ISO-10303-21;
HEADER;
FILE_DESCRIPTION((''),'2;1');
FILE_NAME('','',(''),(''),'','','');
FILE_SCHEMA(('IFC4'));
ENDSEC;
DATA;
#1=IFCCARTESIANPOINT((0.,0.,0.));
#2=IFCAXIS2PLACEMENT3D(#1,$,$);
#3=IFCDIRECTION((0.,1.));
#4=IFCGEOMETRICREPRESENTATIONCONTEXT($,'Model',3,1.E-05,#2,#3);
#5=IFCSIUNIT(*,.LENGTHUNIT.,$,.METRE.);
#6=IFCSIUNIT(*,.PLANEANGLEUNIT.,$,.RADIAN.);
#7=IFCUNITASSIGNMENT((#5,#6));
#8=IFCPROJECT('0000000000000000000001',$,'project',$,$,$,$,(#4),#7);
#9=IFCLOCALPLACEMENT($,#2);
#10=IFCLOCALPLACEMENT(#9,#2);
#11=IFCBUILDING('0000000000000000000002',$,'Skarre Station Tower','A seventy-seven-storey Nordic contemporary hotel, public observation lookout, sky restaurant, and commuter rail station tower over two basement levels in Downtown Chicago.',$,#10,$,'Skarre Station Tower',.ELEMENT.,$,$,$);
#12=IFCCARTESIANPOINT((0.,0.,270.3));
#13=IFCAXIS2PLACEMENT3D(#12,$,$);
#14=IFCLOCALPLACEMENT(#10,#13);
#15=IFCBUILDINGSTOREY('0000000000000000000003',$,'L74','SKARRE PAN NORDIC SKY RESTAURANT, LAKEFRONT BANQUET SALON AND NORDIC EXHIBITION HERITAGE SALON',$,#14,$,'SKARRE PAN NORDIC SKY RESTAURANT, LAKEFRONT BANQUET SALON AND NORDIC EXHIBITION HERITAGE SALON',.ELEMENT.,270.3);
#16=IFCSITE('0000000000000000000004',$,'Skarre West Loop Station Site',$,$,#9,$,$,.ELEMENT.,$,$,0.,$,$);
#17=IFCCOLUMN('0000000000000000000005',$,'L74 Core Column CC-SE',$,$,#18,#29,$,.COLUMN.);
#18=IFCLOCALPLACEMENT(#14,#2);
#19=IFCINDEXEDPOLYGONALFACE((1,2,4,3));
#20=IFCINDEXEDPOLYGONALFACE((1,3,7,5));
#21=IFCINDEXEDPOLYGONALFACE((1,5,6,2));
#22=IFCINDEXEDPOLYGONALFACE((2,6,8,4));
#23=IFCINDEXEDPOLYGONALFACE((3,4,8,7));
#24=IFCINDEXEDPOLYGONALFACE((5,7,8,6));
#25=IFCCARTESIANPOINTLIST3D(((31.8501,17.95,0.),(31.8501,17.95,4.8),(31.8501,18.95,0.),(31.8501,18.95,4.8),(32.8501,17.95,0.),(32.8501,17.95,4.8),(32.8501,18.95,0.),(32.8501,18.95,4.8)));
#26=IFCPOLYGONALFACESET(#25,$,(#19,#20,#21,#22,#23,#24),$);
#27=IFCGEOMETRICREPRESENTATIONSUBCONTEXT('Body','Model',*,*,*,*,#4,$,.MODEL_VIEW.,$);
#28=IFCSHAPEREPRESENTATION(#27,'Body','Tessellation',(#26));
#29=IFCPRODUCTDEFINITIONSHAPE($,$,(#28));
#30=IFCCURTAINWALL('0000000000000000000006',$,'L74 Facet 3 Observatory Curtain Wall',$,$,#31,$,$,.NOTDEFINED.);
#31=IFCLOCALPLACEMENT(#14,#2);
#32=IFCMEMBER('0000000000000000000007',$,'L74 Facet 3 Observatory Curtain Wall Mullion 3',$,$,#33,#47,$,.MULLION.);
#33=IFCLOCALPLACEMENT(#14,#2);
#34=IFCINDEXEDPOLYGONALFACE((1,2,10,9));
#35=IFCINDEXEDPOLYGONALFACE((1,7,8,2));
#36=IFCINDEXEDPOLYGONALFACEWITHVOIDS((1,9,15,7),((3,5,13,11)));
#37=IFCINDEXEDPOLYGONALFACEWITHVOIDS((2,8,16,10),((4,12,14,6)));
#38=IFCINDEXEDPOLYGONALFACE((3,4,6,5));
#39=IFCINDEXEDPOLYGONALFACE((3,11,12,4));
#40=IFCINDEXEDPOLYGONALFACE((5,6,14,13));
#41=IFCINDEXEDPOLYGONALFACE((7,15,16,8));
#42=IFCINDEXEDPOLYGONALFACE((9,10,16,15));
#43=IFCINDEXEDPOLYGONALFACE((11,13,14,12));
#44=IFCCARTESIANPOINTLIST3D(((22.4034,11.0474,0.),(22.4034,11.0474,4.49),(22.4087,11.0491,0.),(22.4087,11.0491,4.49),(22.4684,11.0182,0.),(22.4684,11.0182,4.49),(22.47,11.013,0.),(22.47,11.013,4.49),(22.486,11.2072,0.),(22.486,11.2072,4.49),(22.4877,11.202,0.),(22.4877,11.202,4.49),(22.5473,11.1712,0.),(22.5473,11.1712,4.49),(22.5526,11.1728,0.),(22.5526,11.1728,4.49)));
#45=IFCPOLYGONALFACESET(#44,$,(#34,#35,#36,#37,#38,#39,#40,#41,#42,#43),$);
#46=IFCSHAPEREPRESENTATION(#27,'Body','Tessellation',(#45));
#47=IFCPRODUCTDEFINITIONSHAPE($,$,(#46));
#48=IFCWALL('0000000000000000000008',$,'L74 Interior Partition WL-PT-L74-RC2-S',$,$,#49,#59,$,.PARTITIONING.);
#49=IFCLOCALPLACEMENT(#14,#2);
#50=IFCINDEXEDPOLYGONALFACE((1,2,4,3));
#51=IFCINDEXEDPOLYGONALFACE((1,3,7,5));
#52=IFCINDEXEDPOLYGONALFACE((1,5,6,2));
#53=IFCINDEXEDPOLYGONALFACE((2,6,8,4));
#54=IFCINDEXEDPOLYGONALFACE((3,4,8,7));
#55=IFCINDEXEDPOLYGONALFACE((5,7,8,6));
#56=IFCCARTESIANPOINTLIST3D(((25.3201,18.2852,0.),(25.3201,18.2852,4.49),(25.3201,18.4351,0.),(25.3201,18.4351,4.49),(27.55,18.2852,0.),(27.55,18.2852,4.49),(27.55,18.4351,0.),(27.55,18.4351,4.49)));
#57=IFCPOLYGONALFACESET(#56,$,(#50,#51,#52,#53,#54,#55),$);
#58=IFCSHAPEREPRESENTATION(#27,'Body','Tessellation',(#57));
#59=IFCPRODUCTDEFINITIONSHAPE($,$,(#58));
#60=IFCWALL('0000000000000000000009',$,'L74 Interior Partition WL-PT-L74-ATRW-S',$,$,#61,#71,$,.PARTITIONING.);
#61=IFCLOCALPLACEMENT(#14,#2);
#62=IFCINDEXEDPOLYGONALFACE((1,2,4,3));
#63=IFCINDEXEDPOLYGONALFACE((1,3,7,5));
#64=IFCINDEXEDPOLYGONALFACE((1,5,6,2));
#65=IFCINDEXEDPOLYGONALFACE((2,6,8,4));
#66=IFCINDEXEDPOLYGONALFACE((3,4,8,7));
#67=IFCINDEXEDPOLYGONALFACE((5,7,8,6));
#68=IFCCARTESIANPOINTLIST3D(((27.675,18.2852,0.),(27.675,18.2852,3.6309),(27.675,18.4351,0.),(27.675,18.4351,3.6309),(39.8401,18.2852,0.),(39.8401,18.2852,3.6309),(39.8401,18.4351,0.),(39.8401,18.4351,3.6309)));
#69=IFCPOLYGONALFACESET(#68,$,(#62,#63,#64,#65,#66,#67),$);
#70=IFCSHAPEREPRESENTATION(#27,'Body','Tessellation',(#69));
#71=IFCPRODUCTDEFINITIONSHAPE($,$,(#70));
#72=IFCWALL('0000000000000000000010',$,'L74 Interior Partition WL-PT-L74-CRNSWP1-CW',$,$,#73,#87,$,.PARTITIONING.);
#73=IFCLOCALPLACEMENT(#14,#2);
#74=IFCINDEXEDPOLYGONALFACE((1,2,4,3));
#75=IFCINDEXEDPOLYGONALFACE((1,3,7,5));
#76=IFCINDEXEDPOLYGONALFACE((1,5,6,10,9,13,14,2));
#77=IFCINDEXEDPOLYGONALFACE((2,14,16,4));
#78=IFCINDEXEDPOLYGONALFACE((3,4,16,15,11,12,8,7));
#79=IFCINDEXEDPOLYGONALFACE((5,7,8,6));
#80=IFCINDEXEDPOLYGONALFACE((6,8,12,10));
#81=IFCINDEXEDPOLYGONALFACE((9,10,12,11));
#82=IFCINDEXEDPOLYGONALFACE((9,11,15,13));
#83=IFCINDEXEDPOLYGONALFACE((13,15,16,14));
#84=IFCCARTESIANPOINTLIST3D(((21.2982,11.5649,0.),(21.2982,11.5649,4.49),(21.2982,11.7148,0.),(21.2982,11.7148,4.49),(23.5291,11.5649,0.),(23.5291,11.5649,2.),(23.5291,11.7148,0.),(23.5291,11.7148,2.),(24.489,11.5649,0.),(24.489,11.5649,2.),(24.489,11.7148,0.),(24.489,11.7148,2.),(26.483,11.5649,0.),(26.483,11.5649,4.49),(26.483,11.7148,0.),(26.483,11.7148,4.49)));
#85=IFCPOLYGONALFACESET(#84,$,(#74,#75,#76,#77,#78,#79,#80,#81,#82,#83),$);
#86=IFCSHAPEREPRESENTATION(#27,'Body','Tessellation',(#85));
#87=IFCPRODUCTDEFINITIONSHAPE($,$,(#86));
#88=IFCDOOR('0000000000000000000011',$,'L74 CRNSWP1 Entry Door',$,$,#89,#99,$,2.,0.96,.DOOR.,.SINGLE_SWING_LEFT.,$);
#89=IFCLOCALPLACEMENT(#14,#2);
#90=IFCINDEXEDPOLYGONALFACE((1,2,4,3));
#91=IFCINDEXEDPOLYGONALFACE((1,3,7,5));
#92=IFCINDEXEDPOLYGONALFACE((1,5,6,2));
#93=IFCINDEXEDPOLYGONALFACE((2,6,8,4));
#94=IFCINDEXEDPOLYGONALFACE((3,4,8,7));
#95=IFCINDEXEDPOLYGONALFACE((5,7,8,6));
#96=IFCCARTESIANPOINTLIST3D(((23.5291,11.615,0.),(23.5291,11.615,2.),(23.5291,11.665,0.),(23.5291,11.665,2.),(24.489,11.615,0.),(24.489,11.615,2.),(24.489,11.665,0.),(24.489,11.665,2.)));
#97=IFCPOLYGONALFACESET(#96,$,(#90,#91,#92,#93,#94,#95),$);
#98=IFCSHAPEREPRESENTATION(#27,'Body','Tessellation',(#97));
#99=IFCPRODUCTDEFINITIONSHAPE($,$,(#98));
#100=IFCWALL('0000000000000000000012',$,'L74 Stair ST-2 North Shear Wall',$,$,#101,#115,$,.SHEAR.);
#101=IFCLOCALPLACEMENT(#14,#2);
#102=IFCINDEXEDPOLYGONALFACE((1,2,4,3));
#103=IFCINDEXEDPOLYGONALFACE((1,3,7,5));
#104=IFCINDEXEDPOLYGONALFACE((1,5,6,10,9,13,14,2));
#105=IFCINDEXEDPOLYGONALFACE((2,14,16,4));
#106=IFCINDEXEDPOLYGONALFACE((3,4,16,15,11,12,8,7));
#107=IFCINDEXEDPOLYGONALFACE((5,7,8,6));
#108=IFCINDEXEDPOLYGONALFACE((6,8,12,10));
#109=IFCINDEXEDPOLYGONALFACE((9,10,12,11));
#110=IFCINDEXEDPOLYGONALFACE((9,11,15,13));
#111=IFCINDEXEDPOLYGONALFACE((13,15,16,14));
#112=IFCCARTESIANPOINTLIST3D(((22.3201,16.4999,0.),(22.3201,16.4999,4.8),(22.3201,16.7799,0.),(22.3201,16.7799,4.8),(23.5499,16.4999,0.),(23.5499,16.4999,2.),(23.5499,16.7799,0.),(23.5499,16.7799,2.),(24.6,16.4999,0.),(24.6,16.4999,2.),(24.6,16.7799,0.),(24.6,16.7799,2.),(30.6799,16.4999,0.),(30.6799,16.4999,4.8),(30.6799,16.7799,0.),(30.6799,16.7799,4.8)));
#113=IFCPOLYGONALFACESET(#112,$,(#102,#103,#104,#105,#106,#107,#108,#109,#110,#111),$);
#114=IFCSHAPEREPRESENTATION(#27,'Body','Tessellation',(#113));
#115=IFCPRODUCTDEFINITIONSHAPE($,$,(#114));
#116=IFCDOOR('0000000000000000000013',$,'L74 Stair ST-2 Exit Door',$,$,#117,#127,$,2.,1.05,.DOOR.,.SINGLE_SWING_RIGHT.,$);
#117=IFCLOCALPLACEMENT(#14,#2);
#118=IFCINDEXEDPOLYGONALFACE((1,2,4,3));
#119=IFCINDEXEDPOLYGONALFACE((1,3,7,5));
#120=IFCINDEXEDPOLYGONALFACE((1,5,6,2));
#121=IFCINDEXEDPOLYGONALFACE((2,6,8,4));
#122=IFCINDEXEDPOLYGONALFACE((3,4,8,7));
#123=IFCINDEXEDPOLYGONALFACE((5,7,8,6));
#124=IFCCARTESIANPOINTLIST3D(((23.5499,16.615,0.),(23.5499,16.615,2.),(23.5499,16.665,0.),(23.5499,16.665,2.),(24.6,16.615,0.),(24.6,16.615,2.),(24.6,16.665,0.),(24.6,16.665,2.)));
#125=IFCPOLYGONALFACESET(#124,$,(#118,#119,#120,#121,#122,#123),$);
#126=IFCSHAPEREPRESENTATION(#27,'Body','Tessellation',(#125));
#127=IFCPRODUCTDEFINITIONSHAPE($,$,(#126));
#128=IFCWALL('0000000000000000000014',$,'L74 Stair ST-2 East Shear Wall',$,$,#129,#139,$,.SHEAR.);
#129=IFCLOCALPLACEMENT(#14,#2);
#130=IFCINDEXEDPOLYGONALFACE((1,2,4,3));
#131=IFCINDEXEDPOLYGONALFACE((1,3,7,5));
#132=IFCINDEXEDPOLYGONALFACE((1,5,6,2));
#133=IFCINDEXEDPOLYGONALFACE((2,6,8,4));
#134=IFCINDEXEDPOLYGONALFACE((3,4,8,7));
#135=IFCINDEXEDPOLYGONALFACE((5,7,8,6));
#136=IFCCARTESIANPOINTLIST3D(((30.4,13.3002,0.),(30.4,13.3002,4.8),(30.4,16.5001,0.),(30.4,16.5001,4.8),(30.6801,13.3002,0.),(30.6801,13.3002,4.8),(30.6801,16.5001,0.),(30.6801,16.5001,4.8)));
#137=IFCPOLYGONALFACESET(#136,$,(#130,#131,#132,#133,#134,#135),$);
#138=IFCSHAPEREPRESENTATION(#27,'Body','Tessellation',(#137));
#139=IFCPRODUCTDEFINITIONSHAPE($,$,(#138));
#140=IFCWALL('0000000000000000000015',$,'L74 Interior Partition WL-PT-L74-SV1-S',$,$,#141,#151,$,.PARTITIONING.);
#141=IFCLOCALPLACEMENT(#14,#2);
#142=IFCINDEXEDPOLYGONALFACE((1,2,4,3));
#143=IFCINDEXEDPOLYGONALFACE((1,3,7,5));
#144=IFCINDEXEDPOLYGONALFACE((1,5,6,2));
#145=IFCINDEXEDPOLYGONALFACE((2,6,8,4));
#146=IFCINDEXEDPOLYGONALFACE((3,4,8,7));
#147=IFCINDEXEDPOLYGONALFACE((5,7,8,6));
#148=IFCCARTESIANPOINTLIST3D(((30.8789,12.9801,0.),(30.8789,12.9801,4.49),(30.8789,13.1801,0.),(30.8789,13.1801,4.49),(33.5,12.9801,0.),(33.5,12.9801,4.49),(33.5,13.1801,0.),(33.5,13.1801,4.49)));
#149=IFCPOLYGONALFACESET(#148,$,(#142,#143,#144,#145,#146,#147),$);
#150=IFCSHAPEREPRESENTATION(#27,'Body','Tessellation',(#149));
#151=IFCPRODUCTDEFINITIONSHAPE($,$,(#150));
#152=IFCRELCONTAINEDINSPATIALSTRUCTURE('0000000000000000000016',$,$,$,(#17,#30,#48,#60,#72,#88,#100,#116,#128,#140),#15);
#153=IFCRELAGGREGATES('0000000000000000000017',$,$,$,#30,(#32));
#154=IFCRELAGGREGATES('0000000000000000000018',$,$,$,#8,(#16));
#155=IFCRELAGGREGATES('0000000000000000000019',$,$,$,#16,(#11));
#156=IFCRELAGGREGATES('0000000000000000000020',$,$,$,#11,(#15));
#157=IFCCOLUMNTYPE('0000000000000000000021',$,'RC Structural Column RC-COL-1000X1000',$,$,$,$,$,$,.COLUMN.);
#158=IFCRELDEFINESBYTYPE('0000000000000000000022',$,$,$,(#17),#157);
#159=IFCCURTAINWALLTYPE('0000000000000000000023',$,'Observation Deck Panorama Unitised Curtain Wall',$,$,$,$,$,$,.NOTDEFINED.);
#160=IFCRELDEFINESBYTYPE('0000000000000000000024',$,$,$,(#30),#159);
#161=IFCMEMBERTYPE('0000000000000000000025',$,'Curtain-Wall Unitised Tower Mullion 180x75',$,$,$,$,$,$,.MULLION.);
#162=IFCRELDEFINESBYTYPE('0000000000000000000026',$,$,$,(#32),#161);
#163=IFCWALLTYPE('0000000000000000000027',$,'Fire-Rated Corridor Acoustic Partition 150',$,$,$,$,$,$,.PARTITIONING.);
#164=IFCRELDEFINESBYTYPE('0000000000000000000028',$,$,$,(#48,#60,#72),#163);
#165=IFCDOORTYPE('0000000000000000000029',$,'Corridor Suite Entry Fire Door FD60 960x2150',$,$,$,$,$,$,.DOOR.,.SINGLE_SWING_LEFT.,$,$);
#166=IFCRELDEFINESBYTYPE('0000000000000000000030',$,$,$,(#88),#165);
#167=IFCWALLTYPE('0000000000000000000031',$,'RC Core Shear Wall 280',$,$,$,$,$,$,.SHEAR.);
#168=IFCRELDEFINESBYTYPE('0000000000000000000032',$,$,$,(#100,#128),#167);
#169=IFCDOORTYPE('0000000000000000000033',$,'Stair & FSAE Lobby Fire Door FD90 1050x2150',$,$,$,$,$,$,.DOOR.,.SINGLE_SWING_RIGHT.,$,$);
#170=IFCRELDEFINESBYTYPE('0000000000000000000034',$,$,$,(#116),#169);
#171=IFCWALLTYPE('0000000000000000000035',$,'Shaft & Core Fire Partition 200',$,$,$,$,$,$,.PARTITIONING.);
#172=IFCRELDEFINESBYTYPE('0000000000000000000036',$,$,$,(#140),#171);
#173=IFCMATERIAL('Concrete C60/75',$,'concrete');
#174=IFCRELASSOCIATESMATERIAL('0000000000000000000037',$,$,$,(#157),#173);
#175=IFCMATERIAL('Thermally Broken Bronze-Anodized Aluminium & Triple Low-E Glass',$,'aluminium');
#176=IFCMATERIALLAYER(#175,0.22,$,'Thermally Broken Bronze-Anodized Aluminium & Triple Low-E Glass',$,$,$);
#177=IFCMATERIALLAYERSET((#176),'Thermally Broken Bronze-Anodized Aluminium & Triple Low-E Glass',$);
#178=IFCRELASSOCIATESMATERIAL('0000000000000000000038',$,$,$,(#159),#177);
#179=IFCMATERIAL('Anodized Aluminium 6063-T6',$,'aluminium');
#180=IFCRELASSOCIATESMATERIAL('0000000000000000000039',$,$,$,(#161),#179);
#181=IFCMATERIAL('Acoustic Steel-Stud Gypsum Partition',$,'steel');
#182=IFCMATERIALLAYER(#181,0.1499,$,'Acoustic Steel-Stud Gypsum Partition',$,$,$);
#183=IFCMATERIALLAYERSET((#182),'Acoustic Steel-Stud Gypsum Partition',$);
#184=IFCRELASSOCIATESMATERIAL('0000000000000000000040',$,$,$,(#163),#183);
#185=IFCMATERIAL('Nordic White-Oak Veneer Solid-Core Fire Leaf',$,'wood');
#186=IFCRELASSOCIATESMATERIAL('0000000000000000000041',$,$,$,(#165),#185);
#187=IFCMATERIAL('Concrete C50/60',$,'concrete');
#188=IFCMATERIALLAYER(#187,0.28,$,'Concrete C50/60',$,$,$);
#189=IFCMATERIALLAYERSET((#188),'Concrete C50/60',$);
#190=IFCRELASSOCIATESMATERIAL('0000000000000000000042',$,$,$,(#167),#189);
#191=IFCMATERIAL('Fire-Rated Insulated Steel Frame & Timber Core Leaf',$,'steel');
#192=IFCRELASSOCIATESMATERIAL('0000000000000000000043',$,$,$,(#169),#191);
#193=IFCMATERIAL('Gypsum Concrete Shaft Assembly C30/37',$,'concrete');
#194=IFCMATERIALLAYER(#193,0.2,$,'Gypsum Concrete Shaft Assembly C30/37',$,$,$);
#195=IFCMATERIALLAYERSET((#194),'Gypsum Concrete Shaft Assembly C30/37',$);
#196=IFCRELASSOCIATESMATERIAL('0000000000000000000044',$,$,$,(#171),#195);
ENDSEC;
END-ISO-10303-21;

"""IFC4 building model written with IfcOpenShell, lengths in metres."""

from ifc_helpers import new_model, si_unit, direction, frame, frame_2d, origin, origin_2d, place, context, subcontext, project, spatial, rectangle, hollow_rectangle, extrude, material, layer, layer_set, material_profile, profile_set, type_object, element, fill, aggregate, save


model = new_model("IFC4")

# Units and contexts
model_context = context("Model", 3, precision=1e-05, world=origin(), true_north=direction((0.0, 1.0)))
body_context = subcontext(model_context, "Body", "Model", "MODEL_VIEW")
ifc_project = project(units=[si_unit("LENGTHUNIT", "METRE"), si_unit("PLANEANGLEUNIT", "RADIAN")], contexts=[model_context])

# Site, building, storey
site_placement = place(None, origin())
site = spatial("IfcSite", under=ifc_project, at=site_placement, Name="Skarre West Loop Station Site", CompositionType="ELEMENT", RefElevation=0.0)
building_placement = place(site_placement, origin())
building = spatial("IfcBuilding", under=site, at=building_placement, Name="Skarre Station Tower", Description="A seventy-seven-storey Nordic contemporary hotel, public observation lookout, sky restaurant, and commuter rail station tower over two basement levels in Downtown Chicago.", LongName="Skarre Station Tower", CompositionType="ELEMENT")
storey_placement = place(building_placement, frame((0.0, 0.0, 270.3)))
storey = spatial("IfcBuildingStorey", under=building, at=storey_placement, Name="L74", Description="SKARRE PAN NORDIC SKY RESTAURANT, LAKEFRONT BANQUET SALON AND NORDIC EXHIBITION HERITAGE SALON", LongName="SKARRE PAN NORDIC SKY RESTAURANT, LAKEFRONT BANQUET SALON AND NORDIC EXHIBITION HERITAGE SALON", CompositionType="ELEMENT", Elevation=270.3)

# Column
ifc_material_1 = material(Name="Concrete C60/75", Category="concrete")
ifc_material_profile_1 = material_profile(ifc_material_1, rectangle(XDim=1.0, YDim=1.0, at=origin_2d()), Name="Concrete C60/75")
ifc_profile_set_1 = profile_set([ifc_material_profile_1], Name="Concrete C60/75")
column_type = type_object("IfcColumnType", Name="RC Structural Column RC-COL-1000X1000", PredefinedType="COLUMN", material=ifc_profile_set_1)
column_placement = place(storey_placement, frame((32.3501, 18.45, 0.0), z_axis=(0.0, 0.0, 1.0), x_axis=(1.0, 0.0, 0.0)))
element("IfcColumn", 1, at=column_placement, inside=storey, type_object=column_type, Name="L74 Core Column CC-SE", PredefinedType="COLUMN", context=body_context, shape_type="SweptSolid", body=[
    extrude(rectangle(XDim=1.0, YDim=1.0, at=origin_2d()), origin(), (0.0, 0.0, 1.0), 4.8),
])

# Curtain wall, member
ifc_material_2 = material(Name="Thermally Broken Bronze-Anodized Aluminium & Triple Low-E Glass", Category="aluminium")
ifc_layer_1 = layer(ifc_material_2, 0.22, Name="Thermally Broken Bronze-Anodized Aluminium & Triple Low-E Glass")
ifc_layer_set_1 = layer_set([ifc_layer_1], Name="Thermally Broken Bronze-Anodized Aluminium & Triple Low-E Glass")
curtain_wall_type = type_object("IfcCurtainWallType", Name="Observation Deck Panorama Unitised Curtain Wall", PredefinedType="NOTDEFINED", material=ifc_layer_set_1)
curtain_wall_placement = place(storey_placement, origin())
curtain_wall = element("IfcCurtainWall", 2, at=curtain_wall_placement, inside=storey, type_object=curtain_wall_type, Name="L74 Facet 3 Observatory Curtain Wall", PredefinedType="NOTDEFINED")
ifc_material_3 = material(Name="Anodized Aluminium 6063-T6", Category="aluminium")
ifc_material_profile_2 = material_profile(ifc_material_3, hollow_rectangle(XDim=0.075, YDim=0.1799, WallThickness=0.0039, at=origin_2d()), Name="Anodized Aluminium 6063-T6")
ifc_profile_set_2 = profile_set([ifc_material_profile_2], Name="Anodized Aluminium 6063-T6")
member_type = type_object("IfcMemberType", Name="Curtain-Wall Unitised Tower Mullion 180x75", PredefinedType="MULLION", material=ifc_profile_set_2)
member_placement = place(storey_placement, frame((22.478, 11.1101, 0.0), z_axis=(0.0, 0.0, 1.0), x_axis=(-0.888481, 0.458913, 0.0)))
member = element("IfcMember", 3, at=member_placement, type_object=member_type, Name="L74 Facet 3 Observatory Curtain Wall Mullion 3", PredefinedType="MULLION", context=body_context, shape_type="SweptSolid", body=[
    extrude(hollow_rectangle(XDim=0.075, YDim=0.1799, WallThickness=0.0039, at=origin_2d()), origin(), (0.0, 0.0, 1.0), 4.49),
])
aggregate(curtain_wall, [member])

# Walls
ifc_material_4 = material(Name="Acoustic Steel-Stud Gypsum Partition", Category="steel")
ifc_layer_2 = layer(ifc_material_4, 0.1499, Name="Acoustic Steel-Stud Gypsum Partition")
ifc_layer_set_2 = layer_set([ifc_layer_2], Name="Acoustic Steel-Stud Gypsum Partition")
wall_type_1 = type_object("IfcWallType", Name="Fire-Rated Corridor Acoustic Partition 150", PredefinedType="PARTITIONING", material=ifc_layer_set_2)
wall_1_placement = place(storey_placement, frame((25.3201, 18.3601, 0.0), z_axis=(0.0, 0.0, 1.0), x_axis=(1.0, 0.0, 0.0)))
element("IfcWall", 4, at=wall_1_placement, inside=storey, type_object=wall_type_1, Name="L74 Interior Partition WL-PT-L74-RC2-S", PredefinedType="PARTITIONING", context=body_context, shape_type="SweptSolid", body=[
    extrude(rectangle(XDim=2.23, YDim=0.1499, at=frame_2d((1.115, 0.0))), origin(), (0.0, 0.0, 1.0), 4.49),
])
wall_2_placement = place(storey_placement, frame((27.675, 18.3601, 0.0), z_axis=(0.0, 0.0, 1.0), x_axis=(1.0, 0.0, 0.0)))
element("IfcWall", 5, at=wall_2_placement, inside=storey, type_object=wall_type_1, Name="L74 Interior Partition WL-PT-L74-ATRW-S", PredefinedType="PARTITIONING", context=body_context, shape_type="SweptSolid", body=[
    extrude(rectangle(XDim=12.165, YDim=0.1499, at=frame_2d((6.0825, 0.0))), origin(), (0.0, 0.0, 1.0), 3.6309),
])

# Walls, openings, doors
wall_3_placement = place(storey_placement, frame((26.4829, 11.6399, 0.0), z_axis=(0.0, 0.0, 1.0), x_axis=(-1.0, 0.0, 0.0)))
wall_3 = element("IfcWall", 6, at=wall_3_placement, inside=storey, type_object=wall_type_1, Name="L74 Interior Partition WL-PT-L74-CRNSWP1-CW", PredefinedType="PARTITIONING", context=body_context, shape_type="SweptSolid", body=[
    extrude(rectangle(XDim=5.1848, YDim=0.1499, at=frame_2d((2.5923, 0.0))), origin(), (0.0, 0.0, 1.0), 4.49),
])
opening_1_placement = place(wall_3_placement, frame((1.9939, 0.0, 0.0)))
opening_1 = element("IfcOpeningElement", 7, at=opening_1_placement, cuts=wall_3, PredefinedType="OPENING", context=body_context, shape_type="SweptSolid", body=[
    extrude(rectangle(XDim=0.96, YDim=2.0, at=frame_2d((0.48, 1.0))), frame((0.0, 0.085, 0.0), z_axis=(0.0, -1.0, 0.0), x_axis=(1.0, 0.0, 0.0)), (0.0, 0.0, 1.0), 0.1699),
])
ifc_material_5 = material(Name="Nordic White-Oak Veneer Solid-Core Fire Leaf", Category="wood")
door_type_1 = type_object("IfcDoorType", Name="Corridor Suite Entry Fire Door FD60 960x2150", OperationType="SINGLE_SWING_LEFT", PredefinedType="DOOR", material=ifc_material_5)
door_1_placement = place(opening_1_placement, origin())
door_1 = element("IfcDoor", 8, at=door_1_placement, inside=storey, type_object=door_type_1, Name="L74 CRNSWP1 Entry Door", OperationType="SINGLE_SWING_LEFT", OverallHeight=2.0, OverallWidth=0.96, PredefinedType="DOOR", context=body_context, shape_type="SweptSolid", body=[
    extrude(rectangle(XDim=0.96, YDim=2.0, at=frame_2d((0.48, 1.0))), frame((0.0, 0.0249, 0.0), z_axis=(0.0, -1.0, 0.0), x_axis=(1.0, 0.0, 0.0)), (0.0, 0.0, 1.0), 0.05),
])
fill(opening_1, door_1)
ifc_material_6 = material(Name="Concrete C50/60", Category="concrete")
ifc_layer_3 = layer(ifc_material_6, 0.28, Name="Concrete C50/60")
ifc_layer_set_3 = layer_set([ifc_layer_3], Name="Concrete C50/60")
wall_type_2 = type_object("IfcWallType", Name="RC Core Shear Wall 280", PredefinedType="SHEAR", material=ifc_layer_set_3)
wall_4_placement = place(storey_placement, frame((30.6799, 16.6399, 0.0), z_axis=(0.0, 0.0, 1.0), x_axis=(-1.0, 0.0, 0.0)))
wall_4 = element("IfcWall", 9, at=wall_4_placement, inside=storey, type_object=wall_type_2, Name="L74 Stair ST-2 North Shear Wall", PredefinedType="SHEAR", context=body_context, shape_type="SweptSolid", body=[
    extrude(rectangle(XDim=8.3599, YDim=0.28, at=frame_2d((4.1799, 0.0))), origin(), (0.0, 0.0, 1.0), 4.8),
])
opening_2_placement = place(wall_4_placement, frame((6.0801, 0.0, 0.0)))
opening_2 = element("IfcOpeningElement", 10, at=opening_2_placement, cuts=wall_4, PredefinedType="OPENING", context=body_context, shape_type="SweptSolid", body=[
    extrude(rectangle(XDim=1.05, YDim=2.0, at=frame_2d((0.5249, 1.0))), frame((0.0, 0.1499, 0.0), z_axis=(0.0, -1.0, 0.0), x_axis=(1.0, 0.0, 0.0)), (0.0, 0.0, 1.0), 0.3),
])
ifc_material_7 = material(Name="Fire-Rated Insulated Steel Frame & Timber Core Leaf", Category="steel")
door_type_2 = type_object("IfcDoorType", Name="Stair & FSAE Lobby Fire Door FD90 1050x2150", OperationType="SINGLE_SWING_RIGHT", PredefinedType="DOOR", material=ifc_material_7)
door_2_placement = place(opening_2_placement, origin())
door_2 = element("IfcDoor", 11, at=door_2_placement, inside=storey, type_object=door_type_2, Name="L74 Stair ST-2 Exit Door", OperationType="SINGLE_SWING_RIGHT", OverallHeight=2.0, OverallWidth=1.05, PredefinedType="DOOR", context=body_context, shape_type="SweptSolid", body=[
    extrude(rectangle(XDim=1.05, YDim=2.0, at=frame_2d((0.5249, 1.0))), frame((0.0, 0.0249, 0.0), z_axis=(0.0, -1.0, 0.0), x_axis=(1.0, 0.0, 0.0)), (0.0, 0.0, 1.0), 0.05),
])
fill(opening_2, door_2)

# Walls
wall_5_placement = place(storey_placement, frame((30.54, 13.3, 0.0), z_axis=(0.0, 0.0, 1.0), x_axis=(0.0, 1.0, 0.0)))
element("IfcWall", 12, at=wall_5_placement, inside=storey, type_object=wall_type_2, Name="L74 Stair ST-2 East Shear Wall", PredefinedType="SHEAR", context=body_context, shape_type="SweptSolid", body=[
    extrude(rectangle(XDim=3.2, YDim=0.28, at=frame_2d((1.6001, 0.0))), origin(), (0.0, 0.0, 1.0), 4.8),
])
ifc_material_8 = material(Name="Gypsum Concrete Shaft Assembly C30/37", Category="concrete")
ifc_layer_4 = layer(ifc_material_8, 0.2, Name="Gypsum Concrete Shaft Assembly C30/37")
ifc_layer_set_4 = layer_set([ifc_layer_4], Name="Gypsum Concrete Shaft Assembly C30/37")
wall_type_3 = type_object("IfcWallType", Name="Shaft & Core Fire Partition 200", PredefinedType="PARTITIONING", material=ifc_layer_set_4)
wall_6_placement = place(storey_placement, frame((30.8789, 13.0801, 0.0), z_axis=(0.0, 0.0, 1.0), x_axis=(1.0, 0.0, 0.0)))
element("IfcWall", 13, at=wall_6_placement, inside=storey, type_object=wall_type_3, Name="L74 Interior Partition WL-PT-L74-SV1-S", PredefinedType="PARTITIONING", context=body_context, shape_type="SweptSolid", body=[
    extrude(rectangle(XDim=2.6211, YDim=0.2, at=frame_2d((1.3105, 0.0))), origin(), (0.0, 0.0, 1.0), 4.49),
])

save(model, "model.ifc")
